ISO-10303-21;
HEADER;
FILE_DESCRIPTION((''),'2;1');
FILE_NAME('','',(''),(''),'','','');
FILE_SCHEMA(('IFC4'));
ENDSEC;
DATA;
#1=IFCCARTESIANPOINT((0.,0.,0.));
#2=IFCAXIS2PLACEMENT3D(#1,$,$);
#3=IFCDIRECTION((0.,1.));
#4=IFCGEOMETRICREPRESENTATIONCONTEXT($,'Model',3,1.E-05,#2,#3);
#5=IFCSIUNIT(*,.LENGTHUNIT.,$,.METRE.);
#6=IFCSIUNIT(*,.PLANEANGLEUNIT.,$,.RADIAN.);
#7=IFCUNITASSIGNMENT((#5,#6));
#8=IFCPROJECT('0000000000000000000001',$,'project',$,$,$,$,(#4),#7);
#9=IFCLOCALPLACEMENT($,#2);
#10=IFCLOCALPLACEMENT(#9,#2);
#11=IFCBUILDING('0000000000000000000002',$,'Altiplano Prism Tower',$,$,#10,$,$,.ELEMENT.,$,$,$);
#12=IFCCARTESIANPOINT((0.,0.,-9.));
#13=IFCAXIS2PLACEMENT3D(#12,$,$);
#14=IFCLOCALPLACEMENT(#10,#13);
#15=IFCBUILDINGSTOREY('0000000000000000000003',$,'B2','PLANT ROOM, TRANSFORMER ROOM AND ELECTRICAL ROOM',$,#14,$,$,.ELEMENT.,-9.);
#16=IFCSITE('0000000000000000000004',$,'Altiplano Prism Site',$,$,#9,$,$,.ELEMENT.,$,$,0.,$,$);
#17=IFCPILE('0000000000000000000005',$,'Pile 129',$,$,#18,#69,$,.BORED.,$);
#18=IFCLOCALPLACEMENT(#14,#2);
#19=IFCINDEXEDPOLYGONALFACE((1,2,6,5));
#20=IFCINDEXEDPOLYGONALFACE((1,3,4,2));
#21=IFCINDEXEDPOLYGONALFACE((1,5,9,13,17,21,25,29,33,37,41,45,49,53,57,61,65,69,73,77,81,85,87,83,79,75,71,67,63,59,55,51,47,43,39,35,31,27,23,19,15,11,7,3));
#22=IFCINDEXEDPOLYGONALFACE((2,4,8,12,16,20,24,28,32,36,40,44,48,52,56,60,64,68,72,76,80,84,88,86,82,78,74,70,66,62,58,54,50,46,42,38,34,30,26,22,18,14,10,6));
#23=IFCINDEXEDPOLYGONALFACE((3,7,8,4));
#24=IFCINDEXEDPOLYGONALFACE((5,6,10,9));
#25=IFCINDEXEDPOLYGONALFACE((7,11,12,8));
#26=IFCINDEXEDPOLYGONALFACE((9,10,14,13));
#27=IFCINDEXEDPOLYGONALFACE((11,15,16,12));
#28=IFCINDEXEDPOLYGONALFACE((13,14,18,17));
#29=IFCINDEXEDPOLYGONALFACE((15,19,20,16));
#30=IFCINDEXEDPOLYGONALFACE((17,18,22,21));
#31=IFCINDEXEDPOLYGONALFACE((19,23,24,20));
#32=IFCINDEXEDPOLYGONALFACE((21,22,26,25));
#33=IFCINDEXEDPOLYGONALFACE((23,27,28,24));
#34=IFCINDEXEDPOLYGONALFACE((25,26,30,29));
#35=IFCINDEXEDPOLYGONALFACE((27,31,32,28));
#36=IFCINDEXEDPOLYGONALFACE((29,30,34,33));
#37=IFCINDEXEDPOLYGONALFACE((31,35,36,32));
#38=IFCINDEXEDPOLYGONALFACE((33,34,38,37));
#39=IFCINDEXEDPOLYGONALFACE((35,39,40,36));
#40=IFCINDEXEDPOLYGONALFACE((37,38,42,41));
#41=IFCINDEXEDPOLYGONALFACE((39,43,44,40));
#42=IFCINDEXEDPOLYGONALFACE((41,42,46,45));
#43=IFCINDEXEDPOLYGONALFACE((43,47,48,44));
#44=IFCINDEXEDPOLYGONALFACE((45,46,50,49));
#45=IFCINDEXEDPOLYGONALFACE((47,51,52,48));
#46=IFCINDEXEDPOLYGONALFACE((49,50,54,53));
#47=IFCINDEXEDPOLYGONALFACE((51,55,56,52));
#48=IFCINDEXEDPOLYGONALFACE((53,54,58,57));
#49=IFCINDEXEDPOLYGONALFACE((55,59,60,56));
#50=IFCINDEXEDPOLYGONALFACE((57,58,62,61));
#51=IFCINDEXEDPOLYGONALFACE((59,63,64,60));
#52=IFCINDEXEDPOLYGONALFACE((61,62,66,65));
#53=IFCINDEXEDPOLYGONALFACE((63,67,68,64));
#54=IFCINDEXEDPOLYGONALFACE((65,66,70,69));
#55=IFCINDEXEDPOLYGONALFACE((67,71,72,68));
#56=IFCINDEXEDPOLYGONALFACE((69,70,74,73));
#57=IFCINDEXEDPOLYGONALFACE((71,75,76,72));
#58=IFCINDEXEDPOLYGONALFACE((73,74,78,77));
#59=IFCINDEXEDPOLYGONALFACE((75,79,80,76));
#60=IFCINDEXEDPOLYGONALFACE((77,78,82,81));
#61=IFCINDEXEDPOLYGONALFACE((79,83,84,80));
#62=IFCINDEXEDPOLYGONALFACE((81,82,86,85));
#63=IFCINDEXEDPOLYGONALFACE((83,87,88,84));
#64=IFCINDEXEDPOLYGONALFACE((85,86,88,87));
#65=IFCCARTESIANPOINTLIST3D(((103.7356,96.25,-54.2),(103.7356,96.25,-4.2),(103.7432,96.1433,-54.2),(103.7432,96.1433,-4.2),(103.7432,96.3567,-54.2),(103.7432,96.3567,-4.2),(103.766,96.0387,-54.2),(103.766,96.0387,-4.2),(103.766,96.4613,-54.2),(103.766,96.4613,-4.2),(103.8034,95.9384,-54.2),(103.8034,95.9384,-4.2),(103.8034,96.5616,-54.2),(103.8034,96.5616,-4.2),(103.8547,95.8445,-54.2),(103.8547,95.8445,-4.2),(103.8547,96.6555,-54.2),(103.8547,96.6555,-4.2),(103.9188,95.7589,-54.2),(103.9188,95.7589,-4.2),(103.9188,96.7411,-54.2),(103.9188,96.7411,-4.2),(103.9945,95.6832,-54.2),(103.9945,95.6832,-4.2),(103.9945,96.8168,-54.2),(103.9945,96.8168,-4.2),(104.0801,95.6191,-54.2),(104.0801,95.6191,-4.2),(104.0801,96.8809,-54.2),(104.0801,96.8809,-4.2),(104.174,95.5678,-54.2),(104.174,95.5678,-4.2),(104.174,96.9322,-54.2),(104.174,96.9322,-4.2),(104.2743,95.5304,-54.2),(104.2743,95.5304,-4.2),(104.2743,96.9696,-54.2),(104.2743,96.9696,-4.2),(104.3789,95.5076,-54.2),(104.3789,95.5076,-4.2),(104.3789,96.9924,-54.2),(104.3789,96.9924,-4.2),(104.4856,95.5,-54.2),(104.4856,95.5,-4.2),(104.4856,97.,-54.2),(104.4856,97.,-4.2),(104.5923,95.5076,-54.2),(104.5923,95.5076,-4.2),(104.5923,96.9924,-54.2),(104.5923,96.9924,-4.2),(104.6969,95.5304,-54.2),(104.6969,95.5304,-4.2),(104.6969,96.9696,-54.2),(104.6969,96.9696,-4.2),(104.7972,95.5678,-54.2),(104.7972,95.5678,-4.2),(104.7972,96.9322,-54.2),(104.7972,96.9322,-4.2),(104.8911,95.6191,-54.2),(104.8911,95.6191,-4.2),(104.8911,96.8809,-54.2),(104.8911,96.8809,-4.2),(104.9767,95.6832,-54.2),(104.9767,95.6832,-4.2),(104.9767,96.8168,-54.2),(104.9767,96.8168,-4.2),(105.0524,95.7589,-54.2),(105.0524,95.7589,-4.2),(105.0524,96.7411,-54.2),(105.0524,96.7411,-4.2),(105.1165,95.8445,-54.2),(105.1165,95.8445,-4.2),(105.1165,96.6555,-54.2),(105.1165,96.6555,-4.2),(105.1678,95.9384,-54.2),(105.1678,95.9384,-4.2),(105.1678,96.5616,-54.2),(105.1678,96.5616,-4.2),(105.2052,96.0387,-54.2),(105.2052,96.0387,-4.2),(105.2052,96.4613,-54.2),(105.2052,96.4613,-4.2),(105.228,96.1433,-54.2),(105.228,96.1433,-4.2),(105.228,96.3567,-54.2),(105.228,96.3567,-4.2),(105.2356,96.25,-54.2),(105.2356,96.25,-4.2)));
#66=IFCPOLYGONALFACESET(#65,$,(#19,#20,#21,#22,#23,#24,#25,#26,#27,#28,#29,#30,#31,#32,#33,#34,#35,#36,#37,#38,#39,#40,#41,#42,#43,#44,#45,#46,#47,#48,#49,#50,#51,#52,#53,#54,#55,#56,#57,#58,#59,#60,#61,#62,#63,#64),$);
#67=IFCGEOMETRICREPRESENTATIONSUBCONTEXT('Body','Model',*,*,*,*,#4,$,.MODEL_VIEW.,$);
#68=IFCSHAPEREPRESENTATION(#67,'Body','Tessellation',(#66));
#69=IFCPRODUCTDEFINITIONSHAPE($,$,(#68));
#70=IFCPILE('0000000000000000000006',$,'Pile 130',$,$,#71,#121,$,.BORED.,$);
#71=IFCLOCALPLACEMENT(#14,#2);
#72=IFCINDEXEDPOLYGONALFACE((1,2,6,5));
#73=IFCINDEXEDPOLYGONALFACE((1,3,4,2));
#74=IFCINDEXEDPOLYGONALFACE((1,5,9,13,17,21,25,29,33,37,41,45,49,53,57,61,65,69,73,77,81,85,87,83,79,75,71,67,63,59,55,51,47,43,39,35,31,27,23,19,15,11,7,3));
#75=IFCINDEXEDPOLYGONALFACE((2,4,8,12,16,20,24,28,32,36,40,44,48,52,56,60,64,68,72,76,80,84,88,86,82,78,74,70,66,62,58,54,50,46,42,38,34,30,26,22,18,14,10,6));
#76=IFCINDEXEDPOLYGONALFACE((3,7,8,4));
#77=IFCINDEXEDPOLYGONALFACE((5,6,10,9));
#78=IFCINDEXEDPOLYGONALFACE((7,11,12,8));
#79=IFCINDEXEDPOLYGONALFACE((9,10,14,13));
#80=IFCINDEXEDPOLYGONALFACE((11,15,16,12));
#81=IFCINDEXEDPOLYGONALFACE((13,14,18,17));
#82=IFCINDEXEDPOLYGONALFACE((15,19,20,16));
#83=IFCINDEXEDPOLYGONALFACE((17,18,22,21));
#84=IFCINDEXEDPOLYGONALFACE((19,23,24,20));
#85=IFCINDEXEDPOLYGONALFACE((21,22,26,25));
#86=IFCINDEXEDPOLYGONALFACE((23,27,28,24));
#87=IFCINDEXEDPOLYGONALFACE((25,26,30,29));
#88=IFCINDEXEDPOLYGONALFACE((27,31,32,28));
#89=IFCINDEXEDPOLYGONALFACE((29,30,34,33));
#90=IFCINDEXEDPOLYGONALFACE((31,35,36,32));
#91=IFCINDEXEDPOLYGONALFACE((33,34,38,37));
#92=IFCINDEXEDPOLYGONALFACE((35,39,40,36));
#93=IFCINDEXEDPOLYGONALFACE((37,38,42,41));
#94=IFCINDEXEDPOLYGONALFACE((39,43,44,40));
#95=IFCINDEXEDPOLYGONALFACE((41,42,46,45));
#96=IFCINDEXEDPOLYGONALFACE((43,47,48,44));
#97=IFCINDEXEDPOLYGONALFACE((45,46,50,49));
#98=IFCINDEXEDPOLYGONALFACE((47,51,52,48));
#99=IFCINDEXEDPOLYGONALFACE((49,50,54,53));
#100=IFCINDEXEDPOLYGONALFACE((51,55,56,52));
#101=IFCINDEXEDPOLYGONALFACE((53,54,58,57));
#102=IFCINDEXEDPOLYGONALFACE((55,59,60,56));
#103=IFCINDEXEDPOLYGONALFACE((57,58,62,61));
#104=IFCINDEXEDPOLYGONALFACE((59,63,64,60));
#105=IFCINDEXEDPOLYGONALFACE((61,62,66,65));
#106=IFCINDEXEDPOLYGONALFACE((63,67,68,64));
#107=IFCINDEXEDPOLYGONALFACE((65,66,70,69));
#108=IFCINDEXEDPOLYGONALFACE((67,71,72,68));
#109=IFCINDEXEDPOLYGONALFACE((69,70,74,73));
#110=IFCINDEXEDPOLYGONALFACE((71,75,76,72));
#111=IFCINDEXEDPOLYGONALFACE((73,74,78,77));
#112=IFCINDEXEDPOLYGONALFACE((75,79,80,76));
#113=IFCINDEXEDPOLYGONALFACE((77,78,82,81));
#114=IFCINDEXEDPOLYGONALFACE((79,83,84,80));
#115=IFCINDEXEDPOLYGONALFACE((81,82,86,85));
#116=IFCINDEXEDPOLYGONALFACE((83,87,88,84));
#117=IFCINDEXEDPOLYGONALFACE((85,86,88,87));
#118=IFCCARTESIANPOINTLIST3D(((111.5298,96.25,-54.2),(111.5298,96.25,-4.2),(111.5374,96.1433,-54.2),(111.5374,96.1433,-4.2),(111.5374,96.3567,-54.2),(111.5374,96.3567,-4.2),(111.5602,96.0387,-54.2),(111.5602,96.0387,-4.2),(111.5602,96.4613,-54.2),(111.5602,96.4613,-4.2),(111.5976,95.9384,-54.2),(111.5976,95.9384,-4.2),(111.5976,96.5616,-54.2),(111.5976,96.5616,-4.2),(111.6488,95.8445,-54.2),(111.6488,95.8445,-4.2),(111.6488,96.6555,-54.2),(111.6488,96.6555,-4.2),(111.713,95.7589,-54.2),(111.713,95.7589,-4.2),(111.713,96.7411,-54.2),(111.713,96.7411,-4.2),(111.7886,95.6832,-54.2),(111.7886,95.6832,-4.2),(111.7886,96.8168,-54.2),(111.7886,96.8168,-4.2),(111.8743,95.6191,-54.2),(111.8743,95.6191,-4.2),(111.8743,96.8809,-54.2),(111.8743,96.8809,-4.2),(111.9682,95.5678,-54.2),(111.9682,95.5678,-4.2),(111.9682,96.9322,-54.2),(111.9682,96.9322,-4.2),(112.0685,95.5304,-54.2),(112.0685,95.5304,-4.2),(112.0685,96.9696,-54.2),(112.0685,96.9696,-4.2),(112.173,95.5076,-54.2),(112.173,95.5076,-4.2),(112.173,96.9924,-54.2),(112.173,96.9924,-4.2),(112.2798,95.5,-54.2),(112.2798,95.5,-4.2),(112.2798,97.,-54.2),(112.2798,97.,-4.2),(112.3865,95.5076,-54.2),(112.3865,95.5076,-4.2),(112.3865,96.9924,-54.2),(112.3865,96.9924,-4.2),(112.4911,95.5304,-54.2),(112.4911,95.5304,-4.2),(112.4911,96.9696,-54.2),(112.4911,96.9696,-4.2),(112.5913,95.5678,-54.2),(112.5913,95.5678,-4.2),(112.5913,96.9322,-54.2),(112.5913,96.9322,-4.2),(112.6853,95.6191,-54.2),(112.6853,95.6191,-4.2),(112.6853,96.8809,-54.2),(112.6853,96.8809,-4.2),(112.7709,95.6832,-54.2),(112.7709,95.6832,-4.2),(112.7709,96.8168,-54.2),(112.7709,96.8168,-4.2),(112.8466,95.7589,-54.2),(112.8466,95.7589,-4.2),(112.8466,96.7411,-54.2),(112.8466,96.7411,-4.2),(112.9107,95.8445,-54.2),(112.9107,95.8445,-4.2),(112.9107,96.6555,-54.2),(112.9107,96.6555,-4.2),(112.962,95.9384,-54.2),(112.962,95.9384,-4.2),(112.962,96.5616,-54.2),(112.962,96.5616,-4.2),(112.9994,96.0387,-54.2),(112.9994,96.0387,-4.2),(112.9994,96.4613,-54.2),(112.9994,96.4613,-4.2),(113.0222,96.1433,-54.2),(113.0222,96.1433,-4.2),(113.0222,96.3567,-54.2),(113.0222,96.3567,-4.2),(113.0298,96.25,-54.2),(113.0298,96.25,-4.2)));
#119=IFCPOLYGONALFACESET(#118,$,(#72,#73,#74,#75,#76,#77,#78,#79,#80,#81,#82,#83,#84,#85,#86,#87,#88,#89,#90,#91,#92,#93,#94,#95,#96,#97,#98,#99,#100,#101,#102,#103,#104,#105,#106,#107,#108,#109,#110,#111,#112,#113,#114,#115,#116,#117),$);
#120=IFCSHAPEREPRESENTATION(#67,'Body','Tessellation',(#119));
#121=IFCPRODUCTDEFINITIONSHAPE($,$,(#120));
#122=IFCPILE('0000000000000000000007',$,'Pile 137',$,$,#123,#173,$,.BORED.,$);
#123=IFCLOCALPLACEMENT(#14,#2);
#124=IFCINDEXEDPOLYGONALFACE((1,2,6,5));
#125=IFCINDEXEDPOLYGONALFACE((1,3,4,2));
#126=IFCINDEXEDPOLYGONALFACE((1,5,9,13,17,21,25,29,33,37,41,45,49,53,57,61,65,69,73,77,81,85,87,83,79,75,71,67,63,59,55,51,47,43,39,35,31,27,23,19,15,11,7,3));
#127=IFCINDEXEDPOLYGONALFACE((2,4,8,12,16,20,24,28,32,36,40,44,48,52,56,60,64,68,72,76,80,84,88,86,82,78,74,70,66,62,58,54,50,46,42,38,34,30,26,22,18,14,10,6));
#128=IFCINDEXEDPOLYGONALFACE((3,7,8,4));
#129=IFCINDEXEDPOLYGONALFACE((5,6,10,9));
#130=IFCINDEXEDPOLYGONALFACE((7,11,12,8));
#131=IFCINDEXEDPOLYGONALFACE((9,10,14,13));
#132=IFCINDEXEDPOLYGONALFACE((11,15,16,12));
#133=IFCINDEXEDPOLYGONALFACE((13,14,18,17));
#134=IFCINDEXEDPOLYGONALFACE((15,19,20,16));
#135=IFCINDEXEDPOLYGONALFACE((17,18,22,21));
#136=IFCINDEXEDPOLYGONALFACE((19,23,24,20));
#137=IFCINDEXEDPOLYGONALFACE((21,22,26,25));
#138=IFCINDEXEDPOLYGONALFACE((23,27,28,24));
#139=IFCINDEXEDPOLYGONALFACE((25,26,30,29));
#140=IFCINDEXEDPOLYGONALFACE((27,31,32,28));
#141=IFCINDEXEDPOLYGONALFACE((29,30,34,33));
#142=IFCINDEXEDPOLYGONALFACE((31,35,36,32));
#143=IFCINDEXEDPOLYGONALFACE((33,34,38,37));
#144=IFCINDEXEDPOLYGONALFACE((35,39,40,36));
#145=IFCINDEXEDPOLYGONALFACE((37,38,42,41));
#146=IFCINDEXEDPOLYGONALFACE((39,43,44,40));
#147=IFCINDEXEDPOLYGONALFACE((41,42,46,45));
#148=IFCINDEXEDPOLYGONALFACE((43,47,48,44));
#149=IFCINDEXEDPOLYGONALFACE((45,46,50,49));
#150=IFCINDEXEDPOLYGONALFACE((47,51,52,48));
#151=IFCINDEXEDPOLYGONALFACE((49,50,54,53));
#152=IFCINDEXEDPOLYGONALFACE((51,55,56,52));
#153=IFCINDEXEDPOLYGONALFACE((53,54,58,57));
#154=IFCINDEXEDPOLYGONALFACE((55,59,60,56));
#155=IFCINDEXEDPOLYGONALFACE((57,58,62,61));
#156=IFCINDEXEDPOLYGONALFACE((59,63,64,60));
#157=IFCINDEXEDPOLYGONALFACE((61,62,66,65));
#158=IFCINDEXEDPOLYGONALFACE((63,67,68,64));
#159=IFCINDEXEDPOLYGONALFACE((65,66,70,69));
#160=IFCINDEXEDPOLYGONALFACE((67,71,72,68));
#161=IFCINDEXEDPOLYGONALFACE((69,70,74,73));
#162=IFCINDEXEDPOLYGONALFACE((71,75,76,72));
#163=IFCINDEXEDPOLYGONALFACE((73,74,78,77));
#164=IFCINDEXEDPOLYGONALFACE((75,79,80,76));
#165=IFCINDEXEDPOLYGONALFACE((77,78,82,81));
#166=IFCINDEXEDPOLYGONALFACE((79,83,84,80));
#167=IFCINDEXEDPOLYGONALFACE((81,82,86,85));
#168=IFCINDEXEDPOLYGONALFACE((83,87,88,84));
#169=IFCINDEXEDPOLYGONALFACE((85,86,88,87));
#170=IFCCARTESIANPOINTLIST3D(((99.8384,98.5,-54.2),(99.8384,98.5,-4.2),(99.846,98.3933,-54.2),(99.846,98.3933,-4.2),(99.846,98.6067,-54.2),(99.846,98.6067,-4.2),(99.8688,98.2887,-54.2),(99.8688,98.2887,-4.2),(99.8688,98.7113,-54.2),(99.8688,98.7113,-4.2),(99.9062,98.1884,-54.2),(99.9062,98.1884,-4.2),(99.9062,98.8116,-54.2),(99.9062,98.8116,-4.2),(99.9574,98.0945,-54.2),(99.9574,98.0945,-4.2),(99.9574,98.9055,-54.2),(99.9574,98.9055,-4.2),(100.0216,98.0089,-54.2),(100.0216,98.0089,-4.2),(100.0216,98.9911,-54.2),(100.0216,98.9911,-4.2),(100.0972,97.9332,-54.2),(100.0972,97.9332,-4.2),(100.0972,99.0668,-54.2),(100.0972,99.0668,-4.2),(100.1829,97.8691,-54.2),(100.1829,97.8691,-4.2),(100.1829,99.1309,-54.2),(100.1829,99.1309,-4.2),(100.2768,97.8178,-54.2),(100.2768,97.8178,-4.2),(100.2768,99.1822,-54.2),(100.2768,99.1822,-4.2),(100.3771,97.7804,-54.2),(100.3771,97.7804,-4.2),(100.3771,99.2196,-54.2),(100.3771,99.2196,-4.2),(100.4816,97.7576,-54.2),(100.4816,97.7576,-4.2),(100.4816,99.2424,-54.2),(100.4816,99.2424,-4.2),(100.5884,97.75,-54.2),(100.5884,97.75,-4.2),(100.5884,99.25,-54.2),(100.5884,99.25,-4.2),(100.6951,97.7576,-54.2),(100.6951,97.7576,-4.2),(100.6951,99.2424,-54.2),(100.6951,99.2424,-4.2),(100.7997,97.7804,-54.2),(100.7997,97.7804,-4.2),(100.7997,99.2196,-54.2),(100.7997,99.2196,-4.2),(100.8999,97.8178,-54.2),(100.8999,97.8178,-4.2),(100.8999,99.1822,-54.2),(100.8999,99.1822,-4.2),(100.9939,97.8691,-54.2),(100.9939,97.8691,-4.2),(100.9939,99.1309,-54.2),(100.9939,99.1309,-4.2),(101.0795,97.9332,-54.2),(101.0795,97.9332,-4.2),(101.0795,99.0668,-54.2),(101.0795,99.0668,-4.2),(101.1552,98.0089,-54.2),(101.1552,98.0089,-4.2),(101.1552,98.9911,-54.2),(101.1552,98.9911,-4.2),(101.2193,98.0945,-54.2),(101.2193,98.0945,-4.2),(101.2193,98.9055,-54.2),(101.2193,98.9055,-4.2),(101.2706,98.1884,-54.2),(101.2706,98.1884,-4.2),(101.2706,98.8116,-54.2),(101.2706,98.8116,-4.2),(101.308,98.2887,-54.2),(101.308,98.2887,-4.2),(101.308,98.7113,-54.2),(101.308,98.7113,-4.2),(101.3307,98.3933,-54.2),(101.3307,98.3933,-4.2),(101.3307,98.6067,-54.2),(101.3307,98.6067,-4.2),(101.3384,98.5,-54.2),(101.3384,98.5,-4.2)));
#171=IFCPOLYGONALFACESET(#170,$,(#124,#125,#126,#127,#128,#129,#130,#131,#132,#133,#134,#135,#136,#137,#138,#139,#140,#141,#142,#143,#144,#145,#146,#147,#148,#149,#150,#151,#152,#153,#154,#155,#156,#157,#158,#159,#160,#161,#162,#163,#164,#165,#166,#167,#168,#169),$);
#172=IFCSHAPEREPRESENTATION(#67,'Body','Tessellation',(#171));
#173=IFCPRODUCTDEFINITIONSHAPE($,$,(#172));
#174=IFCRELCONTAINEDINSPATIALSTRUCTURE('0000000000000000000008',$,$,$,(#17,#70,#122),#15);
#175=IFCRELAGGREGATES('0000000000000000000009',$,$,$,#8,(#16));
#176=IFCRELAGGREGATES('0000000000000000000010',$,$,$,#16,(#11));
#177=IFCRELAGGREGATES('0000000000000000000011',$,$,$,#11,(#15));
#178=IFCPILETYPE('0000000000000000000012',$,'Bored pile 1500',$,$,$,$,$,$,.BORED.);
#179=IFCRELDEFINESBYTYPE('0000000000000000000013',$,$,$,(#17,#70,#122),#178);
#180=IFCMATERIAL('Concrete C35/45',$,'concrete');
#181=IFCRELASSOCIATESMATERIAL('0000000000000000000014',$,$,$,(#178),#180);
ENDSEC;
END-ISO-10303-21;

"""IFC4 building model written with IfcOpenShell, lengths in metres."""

from ifc_helpers import new_model, si_unit, direction, frame, origin, origin_2d, place, context, subcontext, project, spatial, circle, extrude, material, material_profile, profile_set, type_object, element, save


model = new_model("IFC4")

# Units and contexts
model_context = context("Model", 3, precision=1e-05, world=origin(), true_north=direction((0.0, 1.0)))
body_context = subcontext(model_context, "Body", "Model", "MODEL_VIEW")
ifc_project = project(units=[si_unit("LENGTHUNIT", "METRE"), si_unit("PLANEANGLEUNIT", "RADIAN")], contexts=[model_context])

# Site, building, storey
site_placement = place(None, origin())
site = spatial("IfcSite", under=ifc_project, at=site_placement, Name="Altiplano Prism Site", CompositionType="ELEMENT", RefElevation=0.0)
building_placement = place(site_placement, origin())
building = spatial("IfcBuilding", under=site, at=building_placement, Name="Altiplano Prism Tower", CompositionType="ELEMENT")
storey_placement = place(building_placement, frame((0.0, 0.0, -9.0)))
storey = spatial("IfcBuildingStorey", under=building, at=storey_placement, Name="B2", Description="PLANT ROOM, TRANSFORMER ROOM AND ELECTRICAL ROOM", CompositionType="ELEMENT", Elevation=-9.0)

# Piles
ifc_material_1 = material(Name="Concrete C35/45", Category="concrete")
ifc_material_profile_1 = material_profile(ifc_material_1, circle(Radius=0.75, at=origin_2d()), Name="Bored pile 1500")
ifc_profile_set_1 = profile_set([ifc_material_profile_1], Name="Concrete C35/45")
pile_type = type_object("IfcPileType", Name="Bored pile 1500", PredefinedType="BORED", material=ifc_profile_set_1)
for number, where, z_axis, x_axis, name in (
    (1, (104.4856, 96.25, -4.2), (0.0, 0.0, -1.0), (1.0, 0.0, 0.0), "Pile 129"),
    (2, (112.2798, 96.25, -4.2), (0.0, 0.0, -1.0), (1.0, 0.0, 0.0), "Pile 130"),
    (3, (100.5884, 98.5, -4.2), (0.0, 0.0, -1.0), (1.0, 0.0, 0.0), "Pile 137"),
):
    element("IfcPile", number, at=place(storey_placement, frame(where, z_axis=z_axis, x_axis=x_axis)), inside=storey, type_object=pile_type, Name=name, PredefinedType="BORED", context=body_context, shape_type="SweptSolid", body=[
        extrude(circle(Radius=0.75, at=origin_2d()), origin(), (0.0, 0.0, 1.0), 50.0),
    ])

save(model, "model.ifc")
